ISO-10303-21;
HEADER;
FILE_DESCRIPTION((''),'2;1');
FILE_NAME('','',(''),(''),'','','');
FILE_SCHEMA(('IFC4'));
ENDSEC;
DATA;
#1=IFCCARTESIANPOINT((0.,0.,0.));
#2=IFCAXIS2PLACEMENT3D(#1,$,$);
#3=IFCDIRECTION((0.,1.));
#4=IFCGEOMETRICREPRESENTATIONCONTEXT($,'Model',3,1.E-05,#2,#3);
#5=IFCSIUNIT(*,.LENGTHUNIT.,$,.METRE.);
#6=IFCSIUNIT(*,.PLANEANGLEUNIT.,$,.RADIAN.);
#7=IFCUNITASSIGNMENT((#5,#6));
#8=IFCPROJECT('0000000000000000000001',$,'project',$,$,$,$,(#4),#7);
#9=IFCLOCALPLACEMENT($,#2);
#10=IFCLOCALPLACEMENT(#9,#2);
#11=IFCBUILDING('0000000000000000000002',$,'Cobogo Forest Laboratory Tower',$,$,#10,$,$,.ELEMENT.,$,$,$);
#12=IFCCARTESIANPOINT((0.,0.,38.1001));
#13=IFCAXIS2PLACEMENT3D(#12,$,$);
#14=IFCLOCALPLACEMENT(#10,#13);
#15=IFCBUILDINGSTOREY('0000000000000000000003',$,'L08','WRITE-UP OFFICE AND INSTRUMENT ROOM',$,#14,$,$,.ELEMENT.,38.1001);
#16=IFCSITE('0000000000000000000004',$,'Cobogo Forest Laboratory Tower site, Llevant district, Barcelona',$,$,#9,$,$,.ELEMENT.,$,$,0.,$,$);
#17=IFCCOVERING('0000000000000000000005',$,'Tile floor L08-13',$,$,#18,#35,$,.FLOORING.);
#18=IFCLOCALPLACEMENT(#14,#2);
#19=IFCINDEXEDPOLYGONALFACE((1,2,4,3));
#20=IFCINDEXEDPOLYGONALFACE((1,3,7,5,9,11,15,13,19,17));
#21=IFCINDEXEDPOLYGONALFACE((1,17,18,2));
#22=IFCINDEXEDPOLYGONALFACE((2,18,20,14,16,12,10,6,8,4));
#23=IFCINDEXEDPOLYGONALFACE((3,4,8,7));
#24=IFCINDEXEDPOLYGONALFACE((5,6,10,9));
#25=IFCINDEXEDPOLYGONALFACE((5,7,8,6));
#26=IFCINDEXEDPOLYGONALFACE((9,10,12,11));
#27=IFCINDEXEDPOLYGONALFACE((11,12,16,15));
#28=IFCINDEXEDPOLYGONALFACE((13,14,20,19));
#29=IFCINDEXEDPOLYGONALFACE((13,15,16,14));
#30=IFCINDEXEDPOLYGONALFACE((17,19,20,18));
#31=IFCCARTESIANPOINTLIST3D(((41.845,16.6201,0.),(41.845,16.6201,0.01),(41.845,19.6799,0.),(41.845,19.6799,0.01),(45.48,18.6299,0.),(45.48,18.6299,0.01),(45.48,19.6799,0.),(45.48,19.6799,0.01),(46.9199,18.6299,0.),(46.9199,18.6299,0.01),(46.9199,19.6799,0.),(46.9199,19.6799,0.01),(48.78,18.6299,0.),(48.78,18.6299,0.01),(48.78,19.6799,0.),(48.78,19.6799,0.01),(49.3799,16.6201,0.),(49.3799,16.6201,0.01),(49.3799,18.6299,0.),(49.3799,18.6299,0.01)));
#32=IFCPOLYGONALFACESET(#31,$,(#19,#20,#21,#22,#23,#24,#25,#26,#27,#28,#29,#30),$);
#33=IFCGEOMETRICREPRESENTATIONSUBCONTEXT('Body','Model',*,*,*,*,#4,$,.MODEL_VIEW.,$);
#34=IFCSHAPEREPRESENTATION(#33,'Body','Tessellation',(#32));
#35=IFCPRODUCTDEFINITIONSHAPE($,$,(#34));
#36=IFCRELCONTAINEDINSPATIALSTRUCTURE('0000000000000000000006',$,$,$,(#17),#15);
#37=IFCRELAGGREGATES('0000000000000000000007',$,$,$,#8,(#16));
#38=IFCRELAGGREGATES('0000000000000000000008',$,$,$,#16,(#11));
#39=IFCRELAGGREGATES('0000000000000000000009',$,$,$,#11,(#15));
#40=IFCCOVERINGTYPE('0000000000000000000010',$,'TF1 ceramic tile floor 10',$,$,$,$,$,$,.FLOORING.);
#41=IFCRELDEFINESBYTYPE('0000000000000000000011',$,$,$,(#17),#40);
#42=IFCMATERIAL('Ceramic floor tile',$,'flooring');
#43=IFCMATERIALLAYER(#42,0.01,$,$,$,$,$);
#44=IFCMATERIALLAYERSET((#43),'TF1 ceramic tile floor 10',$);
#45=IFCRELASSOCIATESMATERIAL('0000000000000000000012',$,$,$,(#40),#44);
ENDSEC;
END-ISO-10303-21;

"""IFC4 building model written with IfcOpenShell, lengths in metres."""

from ifc_helpers import new_model, si_unit, direction, frame, origin, place, context, subcontext, project, spatial, polyline, outline, extrude, material, layer, layer_set, type_object, element, save


model = new_model("IFC4")

# Units and contexts
model_context = context("Model", 3, precision=1e-05, world=origin(), true_north=direction((0.0, 1.0)))
body_context = subcontext(model_context, "Body", "Model", "MODEL_VIEW")
ifc_project = project(units=[si_unit("LENGTHUNIT", "METRE"), si_unit("PLANEANGLEUNIT", "RADIAN")], contexts=[model_context])

# Site, building, storey
site_placement = place(None, origin())
site = spatial("IfcSite", under=ifc_project, at=site_placement, Name="Cobogo Forest Laboratory Tower site, Llevant district, Barcelona", CompositionType="ELEMENT", RefElevation=0.0)
building_placement = place(site_placement, origin())
building = spatial("IfcBuilding", under=site, at=building_placement, Name="Cobogo Forest Laboratory Tower", CompositionType="ELEMENT")
storey_placement = place(building_placement, frame((0.0, 0.0, 38.1001)))
storey = spatial("IfcBuildingStorey", under=building, at=storey_placement, Name="L08", Description="WRITE-UP OFFICE AND INSTRUMENT ROOM", CompositionType="ELEMENT", Elevation=38.1001)

# Covering
ifc_material_1 = material(Name="Ceramic floor tile", Category="flooring")
ifc_layer_1 = layer(ifc_material_1, 0.01)
ifc_layer_set_1 = layer_set([ifc_layer_1], Name="TF1 ceramic tile floor 10")
covering_type_1 = type_object("IfcCoveringType", Name="TF1 ceramic tile floor 10", PredefinedType="FLOORING", material=ifc_layer_set_1)
covering_1_placement = place(storey_placement, origin())
element("IfcCovering", 1, at=covering_1_placement, inside=storey, type_object=covering_type_1, Name="Tile floor L08-13", PredefinedType="FLOORING", context=body_context, shape_type="SweptSolid", body=[
    extrude(outline(polyline([(41.845, 19.6799), (45.48, 19.6799), (45.48, 18.6299), (46.9199, 18.6299), (46.9199, 19.6799), (48.78, 19.6799), (48.78, 18.6299), (49.3799, 18.6299), (49.3799, 16.6201), (41.845, 16.6201), (41.845, 19.6799)])), origin(), (0.0, 0.0, 1.0), 0.01),
])

save(model, "model.ifc")
